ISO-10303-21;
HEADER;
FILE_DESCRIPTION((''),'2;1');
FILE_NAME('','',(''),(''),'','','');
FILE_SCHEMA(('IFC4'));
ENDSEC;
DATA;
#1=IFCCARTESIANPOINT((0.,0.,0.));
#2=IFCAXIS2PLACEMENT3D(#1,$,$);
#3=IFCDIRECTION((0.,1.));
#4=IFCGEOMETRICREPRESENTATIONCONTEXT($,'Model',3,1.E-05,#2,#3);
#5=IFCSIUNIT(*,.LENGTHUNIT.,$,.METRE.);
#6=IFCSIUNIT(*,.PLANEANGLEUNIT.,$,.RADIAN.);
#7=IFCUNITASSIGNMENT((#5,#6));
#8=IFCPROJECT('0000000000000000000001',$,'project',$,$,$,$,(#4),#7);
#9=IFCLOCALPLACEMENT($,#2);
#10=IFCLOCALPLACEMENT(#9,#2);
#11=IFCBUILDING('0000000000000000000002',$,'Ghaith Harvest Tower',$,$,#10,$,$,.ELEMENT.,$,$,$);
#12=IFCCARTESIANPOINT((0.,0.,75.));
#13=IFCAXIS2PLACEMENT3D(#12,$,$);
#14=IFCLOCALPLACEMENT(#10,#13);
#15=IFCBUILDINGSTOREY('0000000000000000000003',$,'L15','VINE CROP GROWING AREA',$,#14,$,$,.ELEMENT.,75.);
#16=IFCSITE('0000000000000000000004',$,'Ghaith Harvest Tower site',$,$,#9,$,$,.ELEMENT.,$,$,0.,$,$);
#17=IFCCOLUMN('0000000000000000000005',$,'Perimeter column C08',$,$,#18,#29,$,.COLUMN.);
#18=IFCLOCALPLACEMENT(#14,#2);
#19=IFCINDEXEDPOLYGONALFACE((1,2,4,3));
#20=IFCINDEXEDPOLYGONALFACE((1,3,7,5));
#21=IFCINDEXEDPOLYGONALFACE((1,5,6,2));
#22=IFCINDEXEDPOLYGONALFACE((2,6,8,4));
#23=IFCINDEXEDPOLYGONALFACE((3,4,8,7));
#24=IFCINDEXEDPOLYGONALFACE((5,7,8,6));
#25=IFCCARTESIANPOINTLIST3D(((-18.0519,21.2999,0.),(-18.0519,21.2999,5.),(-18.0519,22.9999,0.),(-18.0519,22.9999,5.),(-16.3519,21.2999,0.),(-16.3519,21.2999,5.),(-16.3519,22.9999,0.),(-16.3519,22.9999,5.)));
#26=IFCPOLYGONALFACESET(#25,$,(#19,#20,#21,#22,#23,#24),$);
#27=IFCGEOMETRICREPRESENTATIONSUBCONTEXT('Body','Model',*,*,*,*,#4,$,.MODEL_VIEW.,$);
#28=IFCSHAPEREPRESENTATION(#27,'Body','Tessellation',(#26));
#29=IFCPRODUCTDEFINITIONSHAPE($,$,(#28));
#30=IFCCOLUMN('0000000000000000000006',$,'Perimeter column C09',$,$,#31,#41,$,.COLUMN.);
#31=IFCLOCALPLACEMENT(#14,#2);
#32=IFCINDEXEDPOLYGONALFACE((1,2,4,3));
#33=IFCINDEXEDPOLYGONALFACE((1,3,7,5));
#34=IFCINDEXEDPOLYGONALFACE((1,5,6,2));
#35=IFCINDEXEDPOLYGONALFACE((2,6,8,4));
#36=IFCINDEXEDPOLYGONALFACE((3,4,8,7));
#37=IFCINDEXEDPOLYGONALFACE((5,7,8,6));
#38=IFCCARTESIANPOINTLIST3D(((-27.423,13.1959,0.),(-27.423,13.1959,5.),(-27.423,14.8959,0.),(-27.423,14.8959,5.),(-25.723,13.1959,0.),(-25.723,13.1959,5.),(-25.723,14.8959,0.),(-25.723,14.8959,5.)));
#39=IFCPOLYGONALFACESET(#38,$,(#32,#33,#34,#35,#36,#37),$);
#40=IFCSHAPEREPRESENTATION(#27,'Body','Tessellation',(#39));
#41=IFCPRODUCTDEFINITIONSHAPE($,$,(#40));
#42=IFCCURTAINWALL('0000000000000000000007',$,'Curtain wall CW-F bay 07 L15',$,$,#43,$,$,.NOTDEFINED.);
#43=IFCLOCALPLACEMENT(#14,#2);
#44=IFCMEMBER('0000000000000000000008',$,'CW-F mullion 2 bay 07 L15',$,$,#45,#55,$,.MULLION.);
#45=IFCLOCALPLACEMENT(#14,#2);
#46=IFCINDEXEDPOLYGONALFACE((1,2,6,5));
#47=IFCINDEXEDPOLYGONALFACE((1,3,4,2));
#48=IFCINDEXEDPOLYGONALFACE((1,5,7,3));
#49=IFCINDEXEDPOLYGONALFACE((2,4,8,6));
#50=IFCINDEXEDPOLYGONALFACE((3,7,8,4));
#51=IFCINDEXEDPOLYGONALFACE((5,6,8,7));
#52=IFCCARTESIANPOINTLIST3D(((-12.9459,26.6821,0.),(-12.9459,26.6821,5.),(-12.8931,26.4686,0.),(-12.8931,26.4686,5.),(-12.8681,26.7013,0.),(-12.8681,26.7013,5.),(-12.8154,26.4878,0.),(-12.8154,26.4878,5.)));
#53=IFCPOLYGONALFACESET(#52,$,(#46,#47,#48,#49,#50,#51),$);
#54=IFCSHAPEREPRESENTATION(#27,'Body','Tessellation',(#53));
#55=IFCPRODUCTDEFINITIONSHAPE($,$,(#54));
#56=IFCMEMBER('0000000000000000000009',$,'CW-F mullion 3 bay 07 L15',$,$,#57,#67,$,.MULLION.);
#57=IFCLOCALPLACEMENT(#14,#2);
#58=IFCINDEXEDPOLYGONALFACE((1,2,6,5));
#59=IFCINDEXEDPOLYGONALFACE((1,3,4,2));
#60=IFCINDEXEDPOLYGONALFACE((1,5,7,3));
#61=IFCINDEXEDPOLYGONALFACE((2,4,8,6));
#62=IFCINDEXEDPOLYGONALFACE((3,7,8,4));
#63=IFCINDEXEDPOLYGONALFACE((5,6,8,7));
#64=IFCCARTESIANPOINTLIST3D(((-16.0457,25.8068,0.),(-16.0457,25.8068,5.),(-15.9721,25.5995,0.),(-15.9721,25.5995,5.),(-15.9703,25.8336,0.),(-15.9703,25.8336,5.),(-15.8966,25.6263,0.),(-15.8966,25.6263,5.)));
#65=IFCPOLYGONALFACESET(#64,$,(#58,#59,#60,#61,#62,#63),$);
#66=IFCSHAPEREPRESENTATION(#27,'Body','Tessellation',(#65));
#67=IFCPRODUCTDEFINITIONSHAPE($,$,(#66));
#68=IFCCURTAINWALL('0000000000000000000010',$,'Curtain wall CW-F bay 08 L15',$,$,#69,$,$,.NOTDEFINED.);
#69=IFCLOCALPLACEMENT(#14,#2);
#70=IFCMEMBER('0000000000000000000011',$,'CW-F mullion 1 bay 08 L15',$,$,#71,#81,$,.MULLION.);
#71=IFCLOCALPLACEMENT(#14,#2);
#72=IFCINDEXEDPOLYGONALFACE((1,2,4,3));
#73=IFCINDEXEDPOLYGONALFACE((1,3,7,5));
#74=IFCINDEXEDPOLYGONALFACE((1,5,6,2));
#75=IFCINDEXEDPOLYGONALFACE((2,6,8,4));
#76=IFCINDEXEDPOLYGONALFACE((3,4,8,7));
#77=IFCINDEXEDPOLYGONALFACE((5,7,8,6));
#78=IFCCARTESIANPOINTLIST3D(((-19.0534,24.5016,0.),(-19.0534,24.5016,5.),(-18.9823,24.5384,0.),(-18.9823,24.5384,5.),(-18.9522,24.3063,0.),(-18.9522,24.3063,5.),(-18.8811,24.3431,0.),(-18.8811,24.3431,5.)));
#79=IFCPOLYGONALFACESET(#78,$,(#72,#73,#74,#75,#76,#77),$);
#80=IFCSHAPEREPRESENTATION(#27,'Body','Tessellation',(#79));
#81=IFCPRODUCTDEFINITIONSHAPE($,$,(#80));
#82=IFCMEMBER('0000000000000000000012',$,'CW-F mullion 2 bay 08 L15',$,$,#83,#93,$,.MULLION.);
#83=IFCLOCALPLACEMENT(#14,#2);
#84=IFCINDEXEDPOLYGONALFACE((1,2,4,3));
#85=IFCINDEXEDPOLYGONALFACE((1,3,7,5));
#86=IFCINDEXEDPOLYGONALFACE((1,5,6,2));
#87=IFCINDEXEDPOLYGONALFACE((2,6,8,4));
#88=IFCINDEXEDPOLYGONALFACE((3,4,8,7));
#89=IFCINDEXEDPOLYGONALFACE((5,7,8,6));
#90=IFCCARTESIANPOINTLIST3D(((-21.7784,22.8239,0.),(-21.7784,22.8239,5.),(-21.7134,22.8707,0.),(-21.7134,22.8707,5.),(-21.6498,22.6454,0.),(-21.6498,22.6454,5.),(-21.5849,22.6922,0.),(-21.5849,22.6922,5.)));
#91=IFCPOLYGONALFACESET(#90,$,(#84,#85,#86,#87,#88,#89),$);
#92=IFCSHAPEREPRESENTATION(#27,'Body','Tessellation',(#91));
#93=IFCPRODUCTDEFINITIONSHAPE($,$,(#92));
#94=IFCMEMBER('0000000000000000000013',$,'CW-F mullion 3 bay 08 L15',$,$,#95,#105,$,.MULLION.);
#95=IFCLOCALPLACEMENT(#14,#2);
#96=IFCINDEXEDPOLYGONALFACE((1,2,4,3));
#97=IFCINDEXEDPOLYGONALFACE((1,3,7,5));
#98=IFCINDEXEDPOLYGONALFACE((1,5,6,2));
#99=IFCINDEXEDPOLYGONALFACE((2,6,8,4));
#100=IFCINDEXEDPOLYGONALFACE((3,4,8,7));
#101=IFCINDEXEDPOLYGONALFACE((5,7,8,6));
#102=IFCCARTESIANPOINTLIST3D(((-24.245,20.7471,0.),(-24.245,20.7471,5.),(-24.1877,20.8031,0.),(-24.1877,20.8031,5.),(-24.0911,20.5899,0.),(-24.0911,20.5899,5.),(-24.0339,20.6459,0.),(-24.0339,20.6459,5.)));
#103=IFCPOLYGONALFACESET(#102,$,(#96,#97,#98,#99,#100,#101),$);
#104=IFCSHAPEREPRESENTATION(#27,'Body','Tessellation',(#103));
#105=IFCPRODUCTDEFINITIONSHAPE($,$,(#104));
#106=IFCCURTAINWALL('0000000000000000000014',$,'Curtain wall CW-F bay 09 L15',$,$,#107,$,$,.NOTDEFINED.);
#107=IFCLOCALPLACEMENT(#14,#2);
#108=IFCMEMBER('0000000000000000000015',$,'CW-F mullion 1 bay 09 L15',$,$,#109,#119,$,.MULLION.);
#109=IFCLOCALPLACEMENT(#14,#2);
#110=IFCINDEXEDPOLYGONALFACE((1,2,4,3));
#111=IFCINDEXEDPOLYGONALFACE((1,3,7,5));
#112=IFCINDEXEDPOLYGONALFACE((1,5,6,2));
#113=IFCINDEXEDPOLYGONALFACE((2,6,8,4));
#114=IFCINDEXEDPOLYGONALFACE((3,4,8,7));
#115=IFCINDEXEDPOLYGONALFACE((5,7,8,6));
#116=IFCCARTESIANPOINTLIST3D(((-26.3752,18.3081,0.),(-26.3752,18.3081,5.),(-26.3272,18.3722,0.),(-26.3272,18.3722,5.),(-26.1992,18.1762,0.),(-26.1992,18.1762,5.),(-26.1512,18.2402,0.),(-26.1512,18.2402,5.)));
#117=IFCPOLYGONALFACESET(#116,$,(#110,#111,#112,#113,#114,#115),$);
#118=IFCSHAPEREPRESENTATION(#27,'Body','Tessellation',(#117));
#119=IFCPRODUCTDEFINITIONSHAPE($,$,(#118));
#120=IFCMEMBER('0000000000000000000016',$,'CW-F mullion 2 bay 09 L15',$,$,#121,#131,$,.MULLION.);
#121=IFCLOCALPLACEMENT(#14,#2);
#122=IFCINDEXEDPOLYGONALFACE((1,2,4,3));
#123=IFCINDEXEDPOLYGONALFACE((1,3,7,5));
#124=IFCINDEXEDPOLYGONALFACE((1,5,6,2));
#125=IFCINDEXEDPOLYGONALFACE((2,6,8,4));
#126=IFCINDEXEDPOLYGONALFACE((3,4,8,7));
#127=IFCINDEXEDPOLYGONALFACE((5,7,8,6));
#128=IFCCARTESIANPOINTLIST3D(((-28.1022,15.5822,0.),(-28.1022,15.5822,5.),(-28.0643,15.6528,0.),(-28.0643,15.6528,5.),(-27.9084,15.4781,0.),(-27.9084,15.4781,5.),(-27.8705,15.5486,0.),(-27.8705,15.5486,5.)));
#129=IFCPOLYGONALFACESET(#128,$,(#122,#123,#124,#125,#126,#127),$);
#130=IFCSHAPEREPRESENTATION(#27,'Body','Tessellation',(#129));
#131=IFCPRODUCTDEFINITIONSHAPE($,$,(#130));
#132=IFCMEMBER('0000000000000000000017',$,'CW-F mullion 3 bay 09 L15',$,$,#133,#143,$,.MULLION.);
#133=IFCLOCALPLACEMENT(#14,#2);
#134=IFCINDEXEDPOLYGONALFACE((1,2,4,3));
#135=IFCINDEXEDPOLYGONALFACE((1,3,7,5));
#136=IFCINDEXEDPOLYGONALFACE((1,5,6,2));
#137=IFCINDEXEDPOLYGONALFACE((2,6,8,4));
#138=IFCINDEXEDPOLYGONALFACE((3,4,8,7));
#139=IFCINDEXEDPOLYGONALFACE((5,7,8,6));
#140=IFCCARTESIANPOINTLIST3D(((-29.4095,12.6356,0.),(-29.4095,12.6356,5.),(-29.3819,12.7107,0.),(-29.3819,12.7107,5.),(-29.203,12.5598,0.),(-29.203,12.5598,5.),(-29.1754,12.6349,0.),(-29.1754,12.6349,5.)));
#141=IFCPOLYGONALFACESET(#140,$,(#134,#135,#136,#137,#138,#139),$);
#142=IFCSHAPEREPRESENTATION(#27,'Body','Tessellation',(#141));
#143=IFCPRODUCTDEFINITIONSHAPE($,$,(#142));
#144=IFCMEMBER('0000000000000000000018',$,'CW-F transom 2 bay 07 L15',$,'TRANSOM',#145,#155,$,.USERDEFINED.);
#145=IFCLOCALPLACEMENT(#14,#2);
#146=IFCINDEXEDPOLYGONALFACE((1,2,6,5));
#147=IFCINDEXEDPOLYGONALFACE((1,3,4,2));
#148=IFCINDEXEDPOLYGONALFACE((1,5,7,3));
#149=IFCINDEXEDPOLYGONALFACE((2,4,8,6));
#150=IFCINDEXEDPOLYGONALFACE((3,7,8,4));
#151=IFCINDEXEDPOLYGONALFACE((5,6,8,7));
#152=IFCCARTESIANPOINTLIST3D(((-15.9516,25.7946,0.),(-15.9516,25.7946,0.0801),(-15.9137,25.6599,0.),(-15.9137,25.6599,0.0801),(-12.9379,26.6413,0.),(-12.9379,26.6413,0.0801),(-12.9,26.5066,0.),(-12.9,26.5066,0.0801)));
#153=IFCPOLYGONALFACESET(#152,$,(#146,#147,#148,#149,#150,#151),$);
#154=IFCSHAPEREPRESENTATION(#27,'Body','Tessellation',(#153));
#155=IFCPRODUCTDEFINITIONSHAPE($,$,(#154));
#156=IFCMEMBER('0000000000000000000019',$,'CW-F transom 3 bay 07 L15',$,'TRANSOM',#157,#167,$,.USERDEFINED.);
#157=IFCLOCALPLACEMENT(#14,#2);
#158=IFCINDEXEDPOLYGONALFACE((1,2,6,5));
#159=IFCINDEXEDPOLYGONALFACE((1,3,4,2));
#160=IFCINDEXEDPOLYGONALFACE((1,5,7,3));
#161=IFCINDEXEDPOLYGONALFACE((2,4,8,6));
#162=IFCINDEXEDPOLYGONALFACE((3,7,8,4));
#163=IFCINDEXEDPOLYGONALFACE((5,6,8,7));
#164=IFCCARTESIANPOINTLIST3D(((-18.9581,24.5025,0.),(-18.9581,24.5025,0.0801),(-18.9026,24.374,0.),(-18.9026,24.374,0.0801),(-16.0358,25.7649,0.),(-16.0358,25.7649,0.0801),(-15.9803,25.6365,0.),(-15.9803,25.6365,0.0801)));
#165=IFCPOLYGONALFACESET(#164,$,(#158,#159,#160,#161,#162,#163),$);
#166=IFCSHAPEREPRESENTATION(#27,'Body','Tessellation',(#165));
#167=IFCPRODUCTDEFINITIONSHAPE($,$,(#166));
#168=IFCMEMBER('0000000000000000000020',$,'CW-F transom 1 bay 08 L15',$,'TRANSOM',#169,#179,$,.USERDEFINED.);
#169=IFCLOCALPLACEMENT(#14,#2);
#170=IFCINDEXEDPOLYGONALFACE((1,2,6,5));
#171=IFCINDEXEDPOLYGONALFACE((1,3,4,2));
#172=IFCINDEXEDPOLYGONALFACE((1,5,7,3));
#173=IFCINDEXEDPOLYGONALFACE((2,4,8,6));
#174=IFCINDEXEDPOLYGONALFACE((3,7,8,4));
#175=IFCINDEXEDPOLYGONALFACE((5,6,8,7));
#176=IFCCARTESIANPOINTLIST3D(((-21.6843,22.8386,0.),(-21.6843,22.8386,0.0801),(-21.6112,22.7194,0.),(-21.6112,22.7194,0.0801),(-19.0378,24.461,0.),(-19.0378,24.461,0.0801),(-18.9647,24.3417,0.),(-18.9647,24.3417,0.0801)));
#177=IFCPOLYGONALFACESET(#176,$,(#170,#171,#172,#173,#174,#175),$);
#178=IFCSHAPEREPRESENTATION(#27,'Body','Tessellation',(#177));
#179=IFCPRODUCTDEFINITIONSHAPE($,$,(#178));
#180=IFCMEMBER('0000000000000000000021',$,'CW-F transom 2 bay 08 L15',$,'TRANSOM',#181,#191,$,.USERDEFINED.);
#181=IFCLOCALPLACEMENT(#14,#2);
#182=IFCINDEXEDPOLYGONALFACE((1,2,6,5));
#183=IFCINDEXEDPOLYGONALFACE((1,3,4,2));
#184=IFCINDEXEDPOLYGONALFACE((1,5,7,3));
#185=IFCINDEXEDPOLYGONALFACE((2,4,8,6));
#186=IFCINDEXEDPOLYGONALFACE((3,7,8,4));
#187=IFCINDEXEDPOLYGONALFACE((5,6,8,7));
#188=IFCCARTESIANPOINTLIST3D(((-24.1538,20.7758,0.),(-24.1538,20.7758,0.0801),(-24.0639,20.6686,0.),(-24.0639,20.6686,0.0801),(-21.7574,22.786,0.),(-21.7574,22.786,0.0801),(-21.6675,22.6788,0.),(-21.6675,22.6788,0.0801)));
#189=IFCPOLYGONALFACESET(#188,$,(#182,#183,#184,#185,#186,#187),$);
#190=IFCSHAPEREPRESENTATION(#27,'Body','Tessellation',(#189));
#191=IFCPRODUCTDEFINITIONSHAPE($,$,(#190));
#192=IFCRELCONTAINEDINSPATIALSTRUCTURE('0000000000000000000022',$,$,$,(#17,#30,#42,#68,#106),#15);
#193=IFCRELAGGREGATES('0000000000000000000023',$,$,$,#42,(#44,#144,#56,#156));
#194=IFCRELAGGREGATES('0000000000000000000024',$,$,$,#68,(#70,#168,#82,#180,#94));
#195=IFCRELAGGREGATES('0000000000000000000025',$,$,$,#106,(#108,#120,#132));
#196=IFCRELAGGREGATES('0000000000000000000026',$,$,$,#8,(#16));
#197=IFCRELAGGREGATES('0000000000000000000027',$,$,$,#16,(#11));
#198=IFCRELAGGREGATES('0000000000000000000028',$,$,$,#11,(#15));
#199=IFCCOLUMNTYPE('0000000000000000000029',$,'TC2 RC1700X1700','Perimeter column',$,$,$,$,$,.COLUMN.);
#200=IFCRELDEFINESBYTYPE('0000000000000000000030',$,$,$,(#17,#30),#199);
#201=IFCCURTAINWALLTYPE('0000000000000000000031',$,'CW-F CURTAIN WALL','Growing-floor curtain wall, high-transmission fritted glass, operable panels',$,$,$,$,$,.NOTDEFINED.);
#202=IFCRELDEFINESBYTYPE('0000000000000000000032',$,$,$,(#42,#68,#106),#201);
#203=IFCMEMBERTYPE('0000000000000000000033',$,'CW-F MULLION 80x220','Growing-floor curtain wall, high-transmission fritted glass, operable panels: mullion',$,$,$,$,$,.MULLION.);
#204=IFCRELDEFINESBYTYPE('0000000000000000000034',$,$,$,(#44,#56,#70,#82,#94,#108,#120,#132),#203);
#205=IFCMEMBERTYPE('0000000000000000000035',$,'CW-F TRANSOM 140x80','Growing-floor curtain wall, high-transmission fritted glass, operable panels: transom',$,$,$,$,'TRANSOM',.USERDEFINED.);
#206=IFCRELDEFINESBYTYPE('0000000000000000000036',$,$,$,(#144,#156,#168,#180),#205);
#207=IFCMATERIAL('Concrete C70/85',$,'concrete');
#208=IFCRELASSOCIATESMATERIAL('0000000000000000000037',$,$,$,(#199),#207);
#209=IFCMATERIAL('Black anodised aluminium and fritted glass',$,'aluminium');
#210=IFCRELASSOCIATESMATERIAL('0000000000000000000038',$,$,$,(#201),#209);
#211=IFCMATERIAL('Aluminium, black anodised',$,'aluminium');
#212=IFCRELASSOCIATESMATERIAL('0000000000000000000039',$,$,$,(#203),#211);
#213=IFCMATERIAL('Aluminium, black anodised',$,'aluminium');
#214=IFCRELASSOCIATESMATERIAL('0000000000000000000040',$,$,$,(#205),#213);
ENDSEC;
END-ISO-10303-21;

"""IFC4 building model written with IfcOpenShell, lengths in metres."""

from ifc_helpers import new_model, si_unit, direction, frame, origin, origin_2d, place, context, subcontext, project, spatial, rectangle, extrude, material, material_profile, profile_set, type_object, element, aggregate, save


model = new_model("IFC4")

# Units and contexts
model_context = context("Model", 3, precision=1e-05, world=origin(), true_north=direction((0.0, 1.0)))
body_context = subcontext(model_context, "Body", "Model", "MODEL_VIEW")
ifc_project = project(units=[si_unit("LENGTHUNIT", "METRE"), si_unit("PLANEANGLEUNIT", "RADIAN")], contexts=[model_context])

# Site, building, storey
site_placement = place(None, origin())
site = spatial("IfcSite", under=ifc_project, at=site_placement, Name="Ghaith Harvest Tower site", CompositionType="ELEMENT", RefElevation=0.0)
building_placement = place(site_placement, origin())
building = spatial("IfcBuilding", under=site, at=building_placement, Name="Ghaith Harvest Tower", CompositionType="ELEMENT")
storey_placement = place(building_placement, frame((0.0, 0.0, 75.0)))
storey = spatial("IfcBuildingStorey", under=building, at=storey_placement, Name="L15", Description="VINE CROP GROWING AREA", CompositionType="ELEMENT", Elevation=75.0)

# Columns
ifc_material_1 = material(Name="Concrete C70/85", Category="concrete")
ifc_material_profile_1 = material_profile(ifc_material_1, rectangle(XDim=1.7, YDim=1.7, at=origin_2d()), Name="RC1700X1700")
ifc_profile_set_1 = profile_set([ifc_material_profile_1], Name="Concrete C70/85")
column_type = type_object("IfcColumnType", Name="TC2 RC1700X1700", Description="Perimeter column", PredefinedType="COLUMN", material=ifc_profile_set_1)
for number, where, z_axis, x_axis, name in (
    (1, (-17.2019, 22.1499, 0.0), (0.0, 0.0, 1.0), (1.0, 0.0, 0.0), "Perimeter column C08"),
    (2, (-26.573, 14.0459, 0.0), (0.0, 0.0, 1.0), (1.0, 0.0, 0.0), "Perimeter column C09"),
):
    element("IfcColumn", number, at=place(storey_placement, frame(where, z_axis=z_axis, x_axis=x_axis)), inside=storey, type_object=column_type, Name=name, PredefinedType="COLUMN", context=body_context, shape_type="SweptSolid", body=[
        extrude(rectangle(XDim=1.7, YDim=1.7, at=origin_2d()), origin(), (0.0, 0.0, 1.0), 5.0),
    ])

# Curtain walls, members
ifc_material_2 = material(Name="Black anodised aluminium and fritted glass", Category="aluminium")
curtain_wall_type = type_object("IfcCurtainWallType", Name="CW-F CURTAIN WALL", Description="Growing-floor curtain wall, high-transmission fritted glass, operable panels", PredefinedType="NOTDEFINED", material=ifc_material_2)
curtain_wall_1_placement = place(storey_placement, origin())
curtain_wall_1 = element("IfcCurtainWall", 3, at=curtain_wall_1_placement, inside=storey, type_object=curtain_wall_type, Name="Curtain wall CW-F bay 07 L15", PredefinedType="NOTDEFINED")
ifc_material_3 = material(Name="Aluminium, black anodised", Category="aluminium")
ifc_material_profile_2 = material_profile(ifc_material_3, rectangle(XDim=0.0801, YDim=0.22, at=origin_2d()), Name="CW-F MULLION 80x220")
ifc_profile_set_2 = profile_set([ifc_material_profile_2], Name="Aluminium, black anodised")
member_type_1 = type_object("IfcMemberType", Name="CW-F MULLION 80x220", Description="Growing-floor curtain wall, high-transmission fritted glass, operable panels: mullion", PredefinedType="MULLION", material=ifc_profile_set_2)
member_1_placement = place(storey_placement, frame((-12.8806, 26.585, 0.0), z_axis=(0.0, 0.0, 1.0), x_axis=(-0.970825, -0.239791, 0.0)))
member_1 = element("IfcMember", 4, at=member_1_placement, type_object=member_type_1, Name="CW-F mullion 2 bay 07 L15", PredefinedType="MULLION", context=body_context, shape_type="SweptSolid", body=[
    extrude(rectangle(XDim=0.0801, YDim=0.22, at=origin_2d()), origin(), (0.0, 0.0, 1.0), 5.0),
])
member_2_placement = place(storey_placement, frame((-15.9712, 25.7166, 0.0), z_axis=(0.0, 0.0, 1.0), x_axis=(-0.942294, -0.334788, 0.0)))
member_2 = element("IfcMember", 5, at=member_2_placement, type_object=member_type_1, Name="CW-F mullion 3 bay 07 L15", PredefinedType="MULLION", context=body_context, shape_type="SweptSolid", body=[
    extrude(rectangle(XDim=0.0801, YDim=0.22, at=origin_2d()), origin(), (0.0, 0.0, 1.0), 5.0),
])
curtain_wall_2_placement = place(storey_placement, origin())
curtain_wall_2 = element("IfcCurtainWall", 6, at=curtain_wall_2_placement, inside=storey, type_object=curtain_wall_type, Name="Curtain wall CW-F bay 08 L15", PredefinedType="NOTDEFINED")
member_3_placement = place(storey_placement, frame((-18.9673, 24.4224, 0.0), z_axis=(0.0, 0.0, 1.0), x_axis=(-0.887912, -0.460013, 0.0)))
member_3 = element("IfcMember", 7, at=member_3_placement, type_object=member_type_1, Name="CW-F mullion 1 bay 08 L15", PredefinedType="MULLION", context=body_context, shape_type="SweptSolid", body=[
    extrude(rectangle(XDim=0.0801, YDim=0.22, at=origin_2d()), origin(), (0.0, 0.0, 1.0), 5.0),
])
member_4_placement = place(storey_placement, frame((-21.6816, 22.7581, 0.0), z_axis=(0.0, 0.0, 1.0), x_axis=(-0.811401, -0.58449, 0.0)))
member_4 = element("IfcMember", 8, at=member_4_placement, type_object=member_type_1, Name="CW-F mullion 2 bay 08 L15", PredefinedType="MULLION", context=body_context, shape_type="SweptSolid", body=[
    extrude(rectangle(XDim=0.0801, YDim=0.22, at=origin_2d()), origin(), (0.0, 0.0, 1.0), 5.0),
])
member_5_placement = place(storey_placement, frame((-24.1394, 20.6965, 0.0), z_axis=(0.0, 0.0, 1.0), x_axis=(-0.714663, -0.699469, 0.0)))
member_5 = element("IfcMember", 9, at=member_5_placement, type_object=member_type_1, Name="CW-F mullion 3 bay 08 L15", PredefinedType="MULLION", context=body_context, shape_type="SweptSolid", body=[
    extrude(rectangle(XDim=0.0801, YDim=0.22, at=origin_2d()), origin(), (0.0, 0.0, 1.0), 5.0),
])
curtain_wall_3_placement = place(storey_placement, origin())
curtain_wall_3 = element("IfcCurtainWall", 10, at=curtain_wall_3_placement, inside=storey, type_object=curtain_wall_type, Name="Curtain wall CW-F bay 09 L15", PredefinedType="NOTDEFINED")
member_6_placement = place(storey_placement, frame((-26.2632, 18.2742, 0.0), z_axis=(0.0, 0.0, 1.0), x_axis=(-0.599862, -0.800104, 0.0)))
member_6 = element("IfcMember", 11, at=member_6_placement, type_object=member_type_1, Name="CW-F mullion 1 bay 09 L15", PredefinedType="MULLION", context=body_context, shape_type="SweptSolid", body=[
    extrude(rectangle(XDim=0.0801, YDim=0.22, at=origin_2d()), origin(), (0.0, 0.0, 1.0), 5.0),
])
member_7_placement = place(storey_placement, frame((-27.9863, 15.5654, 0.0), z_axis=(0.0, 0.0, 1.0), x_axis=(-0.473265, -0.88092, 0.0)))
member_7 = element("IfcMember", 12, at=member_7_placement, type_object=member_type_1, Name="CW-F mullion 2 bay 09 L15", PredefinedType="MULLION", context=body_context, shape_type="SweptSolid", body=[
    extrude(rectangle(XDim=0.0801, YDim=0.22, at=origin_2d()), origin(), (0.0, 0.0, 1.0), 5.0),
])
member_8_placement = place(storey_placement, frame((-29.2925, 12.6353, 0.0), z_axis=(0.0, 0.0, 1.0), x_axis=(-0.344618, -0.938743, 0.0)))
member_8 = element("IfcMember", 13, at=member_8_placement, type_object=member_type_1, Name="CW-F mullion 3 bay 09 L15", PredefinedType="MULLION", context=body_context, shape_type="SweptSolid", body=[
    extrude(rectangle(XDim=0.0801, YDim=0.22, at=origin_2d()), origin(), (0.0, 0.0, 1.0), 5.0),
])

# Members
ifc_material_4 = material(Name="Aluminium, black anodised", Category="aluminium")
ifc_material_profile_3 = material_profile(ifc_material_4, rectangle(XDim=0.1399, YDim=0.0801, at=origin_2d()), Name="CW-F TRANSOM 140x80")
ifc_profile_set_3 = profile_set([ifc_material_profile_3], Name="Aluminium, black anodised")
member_type_2 = type_object("IfcMemberType", Name="CW-F TRANSOM 140x80", Description="Growing-floor curtain wall, high-transmission fritted glass, operable panels: transom", ElementType="TRANSOM", PredefinedType="USERDEFINED", material=ifc_profile_set_3)
member_9_placement = place(storey_placement, frame((-12.9189, 26.574, 0.04), z_axis=(-0.962727, -0.270475, 0.0), x_axis=(0.270475, -0.962727, 0.0)))
member_9 = element("IfcMember", 14, at=member_9_placement, type_object=member_type_2, Name="CW-F transom 2 bay 07 L15", ObjectType="TRANSOM", PredefinedType="USERDEFINED", context=body_context, shape_type="SweptSolid", body=[
    extrude(rectangle(XDim=0.1399, YDim=0.0801, at=origin_2d()), origin(), (0.0, 0.0, 1.0), 3.1304),
])
member_10_placement = place(storey_placement, frame((-16.0081, 25.7007, 0.04), z_axis=(-0.918003, -0.396574, 0.0), x_axis=(0.396574, -0.918003, 0.0)))
member_10 = element("IfcMember", 15, at=member_10_placement, type_object=member_type_2, Name="CW-F transom 3 bay 07 L15", ObjectType="TRANSOM", PredefinedType="USERDEFINED", context=body_context, shape_type="SweptSolid", body=[
    extrude(rectangle(XDim=0.1399, YDim=0.0801, at=origin_2d()), origin(), (0.0, 0.0, 1.0), 3.1833),
])
member_11_placement = place(storey_placement, frame((-19.0012, 24.4014, 0.04), z_axis=(-0.852562, -0.522627, 0.0), x_axis=(0.522627, -0.852562, 0.0)))
member_11 = element("IfcMember", 16, at=member_11_placement, type_object=member_type_2, Name="CW-F transom 1 bay 08 L15", ObjectType="TRANSOM", PredefinedType="USERDEFINED", context=body_context, shape_type="SweptSolid", body=[
    extrude(rectangle(XDim=0.1399, YDim=0.0801, at=origin_2d()), origin(), (0.0, 0.0, 1.0), 3.1042),
])
member_12_placement = place(storey_placement, frame((-21.7124, 22.7324, 0.04), z_axis=(-0.766144, -0.642668, 0.0), x_axis=(0.642668, -0.766144, 0.0)))
member_12 = element("IfcMember", 17, at=member_12_placement, type_object=member_type_2, Name="CW-F transom 2 bay 08 L15", ObjectType="TRANSOM", PredefinedType="USERDEFINED", context=body_context, shape_type="SweptSolid", body=[
    extrude(rectangle(XDim=0.1399, YDim=0.0801, at=origin_2d()), origin(), (0.0, 0.0, 1.0), 3.1279),
])

aggregate(curtain_wall_1, [member_1, member_9, member_2, member_10])
aggregate(curtain_wall_2, [member_3, member_11, member_4, member_12, member_5])
aggregate(curtain_wall_3, [member_6, member_7, member_8])

save(model, "model.ifc")
